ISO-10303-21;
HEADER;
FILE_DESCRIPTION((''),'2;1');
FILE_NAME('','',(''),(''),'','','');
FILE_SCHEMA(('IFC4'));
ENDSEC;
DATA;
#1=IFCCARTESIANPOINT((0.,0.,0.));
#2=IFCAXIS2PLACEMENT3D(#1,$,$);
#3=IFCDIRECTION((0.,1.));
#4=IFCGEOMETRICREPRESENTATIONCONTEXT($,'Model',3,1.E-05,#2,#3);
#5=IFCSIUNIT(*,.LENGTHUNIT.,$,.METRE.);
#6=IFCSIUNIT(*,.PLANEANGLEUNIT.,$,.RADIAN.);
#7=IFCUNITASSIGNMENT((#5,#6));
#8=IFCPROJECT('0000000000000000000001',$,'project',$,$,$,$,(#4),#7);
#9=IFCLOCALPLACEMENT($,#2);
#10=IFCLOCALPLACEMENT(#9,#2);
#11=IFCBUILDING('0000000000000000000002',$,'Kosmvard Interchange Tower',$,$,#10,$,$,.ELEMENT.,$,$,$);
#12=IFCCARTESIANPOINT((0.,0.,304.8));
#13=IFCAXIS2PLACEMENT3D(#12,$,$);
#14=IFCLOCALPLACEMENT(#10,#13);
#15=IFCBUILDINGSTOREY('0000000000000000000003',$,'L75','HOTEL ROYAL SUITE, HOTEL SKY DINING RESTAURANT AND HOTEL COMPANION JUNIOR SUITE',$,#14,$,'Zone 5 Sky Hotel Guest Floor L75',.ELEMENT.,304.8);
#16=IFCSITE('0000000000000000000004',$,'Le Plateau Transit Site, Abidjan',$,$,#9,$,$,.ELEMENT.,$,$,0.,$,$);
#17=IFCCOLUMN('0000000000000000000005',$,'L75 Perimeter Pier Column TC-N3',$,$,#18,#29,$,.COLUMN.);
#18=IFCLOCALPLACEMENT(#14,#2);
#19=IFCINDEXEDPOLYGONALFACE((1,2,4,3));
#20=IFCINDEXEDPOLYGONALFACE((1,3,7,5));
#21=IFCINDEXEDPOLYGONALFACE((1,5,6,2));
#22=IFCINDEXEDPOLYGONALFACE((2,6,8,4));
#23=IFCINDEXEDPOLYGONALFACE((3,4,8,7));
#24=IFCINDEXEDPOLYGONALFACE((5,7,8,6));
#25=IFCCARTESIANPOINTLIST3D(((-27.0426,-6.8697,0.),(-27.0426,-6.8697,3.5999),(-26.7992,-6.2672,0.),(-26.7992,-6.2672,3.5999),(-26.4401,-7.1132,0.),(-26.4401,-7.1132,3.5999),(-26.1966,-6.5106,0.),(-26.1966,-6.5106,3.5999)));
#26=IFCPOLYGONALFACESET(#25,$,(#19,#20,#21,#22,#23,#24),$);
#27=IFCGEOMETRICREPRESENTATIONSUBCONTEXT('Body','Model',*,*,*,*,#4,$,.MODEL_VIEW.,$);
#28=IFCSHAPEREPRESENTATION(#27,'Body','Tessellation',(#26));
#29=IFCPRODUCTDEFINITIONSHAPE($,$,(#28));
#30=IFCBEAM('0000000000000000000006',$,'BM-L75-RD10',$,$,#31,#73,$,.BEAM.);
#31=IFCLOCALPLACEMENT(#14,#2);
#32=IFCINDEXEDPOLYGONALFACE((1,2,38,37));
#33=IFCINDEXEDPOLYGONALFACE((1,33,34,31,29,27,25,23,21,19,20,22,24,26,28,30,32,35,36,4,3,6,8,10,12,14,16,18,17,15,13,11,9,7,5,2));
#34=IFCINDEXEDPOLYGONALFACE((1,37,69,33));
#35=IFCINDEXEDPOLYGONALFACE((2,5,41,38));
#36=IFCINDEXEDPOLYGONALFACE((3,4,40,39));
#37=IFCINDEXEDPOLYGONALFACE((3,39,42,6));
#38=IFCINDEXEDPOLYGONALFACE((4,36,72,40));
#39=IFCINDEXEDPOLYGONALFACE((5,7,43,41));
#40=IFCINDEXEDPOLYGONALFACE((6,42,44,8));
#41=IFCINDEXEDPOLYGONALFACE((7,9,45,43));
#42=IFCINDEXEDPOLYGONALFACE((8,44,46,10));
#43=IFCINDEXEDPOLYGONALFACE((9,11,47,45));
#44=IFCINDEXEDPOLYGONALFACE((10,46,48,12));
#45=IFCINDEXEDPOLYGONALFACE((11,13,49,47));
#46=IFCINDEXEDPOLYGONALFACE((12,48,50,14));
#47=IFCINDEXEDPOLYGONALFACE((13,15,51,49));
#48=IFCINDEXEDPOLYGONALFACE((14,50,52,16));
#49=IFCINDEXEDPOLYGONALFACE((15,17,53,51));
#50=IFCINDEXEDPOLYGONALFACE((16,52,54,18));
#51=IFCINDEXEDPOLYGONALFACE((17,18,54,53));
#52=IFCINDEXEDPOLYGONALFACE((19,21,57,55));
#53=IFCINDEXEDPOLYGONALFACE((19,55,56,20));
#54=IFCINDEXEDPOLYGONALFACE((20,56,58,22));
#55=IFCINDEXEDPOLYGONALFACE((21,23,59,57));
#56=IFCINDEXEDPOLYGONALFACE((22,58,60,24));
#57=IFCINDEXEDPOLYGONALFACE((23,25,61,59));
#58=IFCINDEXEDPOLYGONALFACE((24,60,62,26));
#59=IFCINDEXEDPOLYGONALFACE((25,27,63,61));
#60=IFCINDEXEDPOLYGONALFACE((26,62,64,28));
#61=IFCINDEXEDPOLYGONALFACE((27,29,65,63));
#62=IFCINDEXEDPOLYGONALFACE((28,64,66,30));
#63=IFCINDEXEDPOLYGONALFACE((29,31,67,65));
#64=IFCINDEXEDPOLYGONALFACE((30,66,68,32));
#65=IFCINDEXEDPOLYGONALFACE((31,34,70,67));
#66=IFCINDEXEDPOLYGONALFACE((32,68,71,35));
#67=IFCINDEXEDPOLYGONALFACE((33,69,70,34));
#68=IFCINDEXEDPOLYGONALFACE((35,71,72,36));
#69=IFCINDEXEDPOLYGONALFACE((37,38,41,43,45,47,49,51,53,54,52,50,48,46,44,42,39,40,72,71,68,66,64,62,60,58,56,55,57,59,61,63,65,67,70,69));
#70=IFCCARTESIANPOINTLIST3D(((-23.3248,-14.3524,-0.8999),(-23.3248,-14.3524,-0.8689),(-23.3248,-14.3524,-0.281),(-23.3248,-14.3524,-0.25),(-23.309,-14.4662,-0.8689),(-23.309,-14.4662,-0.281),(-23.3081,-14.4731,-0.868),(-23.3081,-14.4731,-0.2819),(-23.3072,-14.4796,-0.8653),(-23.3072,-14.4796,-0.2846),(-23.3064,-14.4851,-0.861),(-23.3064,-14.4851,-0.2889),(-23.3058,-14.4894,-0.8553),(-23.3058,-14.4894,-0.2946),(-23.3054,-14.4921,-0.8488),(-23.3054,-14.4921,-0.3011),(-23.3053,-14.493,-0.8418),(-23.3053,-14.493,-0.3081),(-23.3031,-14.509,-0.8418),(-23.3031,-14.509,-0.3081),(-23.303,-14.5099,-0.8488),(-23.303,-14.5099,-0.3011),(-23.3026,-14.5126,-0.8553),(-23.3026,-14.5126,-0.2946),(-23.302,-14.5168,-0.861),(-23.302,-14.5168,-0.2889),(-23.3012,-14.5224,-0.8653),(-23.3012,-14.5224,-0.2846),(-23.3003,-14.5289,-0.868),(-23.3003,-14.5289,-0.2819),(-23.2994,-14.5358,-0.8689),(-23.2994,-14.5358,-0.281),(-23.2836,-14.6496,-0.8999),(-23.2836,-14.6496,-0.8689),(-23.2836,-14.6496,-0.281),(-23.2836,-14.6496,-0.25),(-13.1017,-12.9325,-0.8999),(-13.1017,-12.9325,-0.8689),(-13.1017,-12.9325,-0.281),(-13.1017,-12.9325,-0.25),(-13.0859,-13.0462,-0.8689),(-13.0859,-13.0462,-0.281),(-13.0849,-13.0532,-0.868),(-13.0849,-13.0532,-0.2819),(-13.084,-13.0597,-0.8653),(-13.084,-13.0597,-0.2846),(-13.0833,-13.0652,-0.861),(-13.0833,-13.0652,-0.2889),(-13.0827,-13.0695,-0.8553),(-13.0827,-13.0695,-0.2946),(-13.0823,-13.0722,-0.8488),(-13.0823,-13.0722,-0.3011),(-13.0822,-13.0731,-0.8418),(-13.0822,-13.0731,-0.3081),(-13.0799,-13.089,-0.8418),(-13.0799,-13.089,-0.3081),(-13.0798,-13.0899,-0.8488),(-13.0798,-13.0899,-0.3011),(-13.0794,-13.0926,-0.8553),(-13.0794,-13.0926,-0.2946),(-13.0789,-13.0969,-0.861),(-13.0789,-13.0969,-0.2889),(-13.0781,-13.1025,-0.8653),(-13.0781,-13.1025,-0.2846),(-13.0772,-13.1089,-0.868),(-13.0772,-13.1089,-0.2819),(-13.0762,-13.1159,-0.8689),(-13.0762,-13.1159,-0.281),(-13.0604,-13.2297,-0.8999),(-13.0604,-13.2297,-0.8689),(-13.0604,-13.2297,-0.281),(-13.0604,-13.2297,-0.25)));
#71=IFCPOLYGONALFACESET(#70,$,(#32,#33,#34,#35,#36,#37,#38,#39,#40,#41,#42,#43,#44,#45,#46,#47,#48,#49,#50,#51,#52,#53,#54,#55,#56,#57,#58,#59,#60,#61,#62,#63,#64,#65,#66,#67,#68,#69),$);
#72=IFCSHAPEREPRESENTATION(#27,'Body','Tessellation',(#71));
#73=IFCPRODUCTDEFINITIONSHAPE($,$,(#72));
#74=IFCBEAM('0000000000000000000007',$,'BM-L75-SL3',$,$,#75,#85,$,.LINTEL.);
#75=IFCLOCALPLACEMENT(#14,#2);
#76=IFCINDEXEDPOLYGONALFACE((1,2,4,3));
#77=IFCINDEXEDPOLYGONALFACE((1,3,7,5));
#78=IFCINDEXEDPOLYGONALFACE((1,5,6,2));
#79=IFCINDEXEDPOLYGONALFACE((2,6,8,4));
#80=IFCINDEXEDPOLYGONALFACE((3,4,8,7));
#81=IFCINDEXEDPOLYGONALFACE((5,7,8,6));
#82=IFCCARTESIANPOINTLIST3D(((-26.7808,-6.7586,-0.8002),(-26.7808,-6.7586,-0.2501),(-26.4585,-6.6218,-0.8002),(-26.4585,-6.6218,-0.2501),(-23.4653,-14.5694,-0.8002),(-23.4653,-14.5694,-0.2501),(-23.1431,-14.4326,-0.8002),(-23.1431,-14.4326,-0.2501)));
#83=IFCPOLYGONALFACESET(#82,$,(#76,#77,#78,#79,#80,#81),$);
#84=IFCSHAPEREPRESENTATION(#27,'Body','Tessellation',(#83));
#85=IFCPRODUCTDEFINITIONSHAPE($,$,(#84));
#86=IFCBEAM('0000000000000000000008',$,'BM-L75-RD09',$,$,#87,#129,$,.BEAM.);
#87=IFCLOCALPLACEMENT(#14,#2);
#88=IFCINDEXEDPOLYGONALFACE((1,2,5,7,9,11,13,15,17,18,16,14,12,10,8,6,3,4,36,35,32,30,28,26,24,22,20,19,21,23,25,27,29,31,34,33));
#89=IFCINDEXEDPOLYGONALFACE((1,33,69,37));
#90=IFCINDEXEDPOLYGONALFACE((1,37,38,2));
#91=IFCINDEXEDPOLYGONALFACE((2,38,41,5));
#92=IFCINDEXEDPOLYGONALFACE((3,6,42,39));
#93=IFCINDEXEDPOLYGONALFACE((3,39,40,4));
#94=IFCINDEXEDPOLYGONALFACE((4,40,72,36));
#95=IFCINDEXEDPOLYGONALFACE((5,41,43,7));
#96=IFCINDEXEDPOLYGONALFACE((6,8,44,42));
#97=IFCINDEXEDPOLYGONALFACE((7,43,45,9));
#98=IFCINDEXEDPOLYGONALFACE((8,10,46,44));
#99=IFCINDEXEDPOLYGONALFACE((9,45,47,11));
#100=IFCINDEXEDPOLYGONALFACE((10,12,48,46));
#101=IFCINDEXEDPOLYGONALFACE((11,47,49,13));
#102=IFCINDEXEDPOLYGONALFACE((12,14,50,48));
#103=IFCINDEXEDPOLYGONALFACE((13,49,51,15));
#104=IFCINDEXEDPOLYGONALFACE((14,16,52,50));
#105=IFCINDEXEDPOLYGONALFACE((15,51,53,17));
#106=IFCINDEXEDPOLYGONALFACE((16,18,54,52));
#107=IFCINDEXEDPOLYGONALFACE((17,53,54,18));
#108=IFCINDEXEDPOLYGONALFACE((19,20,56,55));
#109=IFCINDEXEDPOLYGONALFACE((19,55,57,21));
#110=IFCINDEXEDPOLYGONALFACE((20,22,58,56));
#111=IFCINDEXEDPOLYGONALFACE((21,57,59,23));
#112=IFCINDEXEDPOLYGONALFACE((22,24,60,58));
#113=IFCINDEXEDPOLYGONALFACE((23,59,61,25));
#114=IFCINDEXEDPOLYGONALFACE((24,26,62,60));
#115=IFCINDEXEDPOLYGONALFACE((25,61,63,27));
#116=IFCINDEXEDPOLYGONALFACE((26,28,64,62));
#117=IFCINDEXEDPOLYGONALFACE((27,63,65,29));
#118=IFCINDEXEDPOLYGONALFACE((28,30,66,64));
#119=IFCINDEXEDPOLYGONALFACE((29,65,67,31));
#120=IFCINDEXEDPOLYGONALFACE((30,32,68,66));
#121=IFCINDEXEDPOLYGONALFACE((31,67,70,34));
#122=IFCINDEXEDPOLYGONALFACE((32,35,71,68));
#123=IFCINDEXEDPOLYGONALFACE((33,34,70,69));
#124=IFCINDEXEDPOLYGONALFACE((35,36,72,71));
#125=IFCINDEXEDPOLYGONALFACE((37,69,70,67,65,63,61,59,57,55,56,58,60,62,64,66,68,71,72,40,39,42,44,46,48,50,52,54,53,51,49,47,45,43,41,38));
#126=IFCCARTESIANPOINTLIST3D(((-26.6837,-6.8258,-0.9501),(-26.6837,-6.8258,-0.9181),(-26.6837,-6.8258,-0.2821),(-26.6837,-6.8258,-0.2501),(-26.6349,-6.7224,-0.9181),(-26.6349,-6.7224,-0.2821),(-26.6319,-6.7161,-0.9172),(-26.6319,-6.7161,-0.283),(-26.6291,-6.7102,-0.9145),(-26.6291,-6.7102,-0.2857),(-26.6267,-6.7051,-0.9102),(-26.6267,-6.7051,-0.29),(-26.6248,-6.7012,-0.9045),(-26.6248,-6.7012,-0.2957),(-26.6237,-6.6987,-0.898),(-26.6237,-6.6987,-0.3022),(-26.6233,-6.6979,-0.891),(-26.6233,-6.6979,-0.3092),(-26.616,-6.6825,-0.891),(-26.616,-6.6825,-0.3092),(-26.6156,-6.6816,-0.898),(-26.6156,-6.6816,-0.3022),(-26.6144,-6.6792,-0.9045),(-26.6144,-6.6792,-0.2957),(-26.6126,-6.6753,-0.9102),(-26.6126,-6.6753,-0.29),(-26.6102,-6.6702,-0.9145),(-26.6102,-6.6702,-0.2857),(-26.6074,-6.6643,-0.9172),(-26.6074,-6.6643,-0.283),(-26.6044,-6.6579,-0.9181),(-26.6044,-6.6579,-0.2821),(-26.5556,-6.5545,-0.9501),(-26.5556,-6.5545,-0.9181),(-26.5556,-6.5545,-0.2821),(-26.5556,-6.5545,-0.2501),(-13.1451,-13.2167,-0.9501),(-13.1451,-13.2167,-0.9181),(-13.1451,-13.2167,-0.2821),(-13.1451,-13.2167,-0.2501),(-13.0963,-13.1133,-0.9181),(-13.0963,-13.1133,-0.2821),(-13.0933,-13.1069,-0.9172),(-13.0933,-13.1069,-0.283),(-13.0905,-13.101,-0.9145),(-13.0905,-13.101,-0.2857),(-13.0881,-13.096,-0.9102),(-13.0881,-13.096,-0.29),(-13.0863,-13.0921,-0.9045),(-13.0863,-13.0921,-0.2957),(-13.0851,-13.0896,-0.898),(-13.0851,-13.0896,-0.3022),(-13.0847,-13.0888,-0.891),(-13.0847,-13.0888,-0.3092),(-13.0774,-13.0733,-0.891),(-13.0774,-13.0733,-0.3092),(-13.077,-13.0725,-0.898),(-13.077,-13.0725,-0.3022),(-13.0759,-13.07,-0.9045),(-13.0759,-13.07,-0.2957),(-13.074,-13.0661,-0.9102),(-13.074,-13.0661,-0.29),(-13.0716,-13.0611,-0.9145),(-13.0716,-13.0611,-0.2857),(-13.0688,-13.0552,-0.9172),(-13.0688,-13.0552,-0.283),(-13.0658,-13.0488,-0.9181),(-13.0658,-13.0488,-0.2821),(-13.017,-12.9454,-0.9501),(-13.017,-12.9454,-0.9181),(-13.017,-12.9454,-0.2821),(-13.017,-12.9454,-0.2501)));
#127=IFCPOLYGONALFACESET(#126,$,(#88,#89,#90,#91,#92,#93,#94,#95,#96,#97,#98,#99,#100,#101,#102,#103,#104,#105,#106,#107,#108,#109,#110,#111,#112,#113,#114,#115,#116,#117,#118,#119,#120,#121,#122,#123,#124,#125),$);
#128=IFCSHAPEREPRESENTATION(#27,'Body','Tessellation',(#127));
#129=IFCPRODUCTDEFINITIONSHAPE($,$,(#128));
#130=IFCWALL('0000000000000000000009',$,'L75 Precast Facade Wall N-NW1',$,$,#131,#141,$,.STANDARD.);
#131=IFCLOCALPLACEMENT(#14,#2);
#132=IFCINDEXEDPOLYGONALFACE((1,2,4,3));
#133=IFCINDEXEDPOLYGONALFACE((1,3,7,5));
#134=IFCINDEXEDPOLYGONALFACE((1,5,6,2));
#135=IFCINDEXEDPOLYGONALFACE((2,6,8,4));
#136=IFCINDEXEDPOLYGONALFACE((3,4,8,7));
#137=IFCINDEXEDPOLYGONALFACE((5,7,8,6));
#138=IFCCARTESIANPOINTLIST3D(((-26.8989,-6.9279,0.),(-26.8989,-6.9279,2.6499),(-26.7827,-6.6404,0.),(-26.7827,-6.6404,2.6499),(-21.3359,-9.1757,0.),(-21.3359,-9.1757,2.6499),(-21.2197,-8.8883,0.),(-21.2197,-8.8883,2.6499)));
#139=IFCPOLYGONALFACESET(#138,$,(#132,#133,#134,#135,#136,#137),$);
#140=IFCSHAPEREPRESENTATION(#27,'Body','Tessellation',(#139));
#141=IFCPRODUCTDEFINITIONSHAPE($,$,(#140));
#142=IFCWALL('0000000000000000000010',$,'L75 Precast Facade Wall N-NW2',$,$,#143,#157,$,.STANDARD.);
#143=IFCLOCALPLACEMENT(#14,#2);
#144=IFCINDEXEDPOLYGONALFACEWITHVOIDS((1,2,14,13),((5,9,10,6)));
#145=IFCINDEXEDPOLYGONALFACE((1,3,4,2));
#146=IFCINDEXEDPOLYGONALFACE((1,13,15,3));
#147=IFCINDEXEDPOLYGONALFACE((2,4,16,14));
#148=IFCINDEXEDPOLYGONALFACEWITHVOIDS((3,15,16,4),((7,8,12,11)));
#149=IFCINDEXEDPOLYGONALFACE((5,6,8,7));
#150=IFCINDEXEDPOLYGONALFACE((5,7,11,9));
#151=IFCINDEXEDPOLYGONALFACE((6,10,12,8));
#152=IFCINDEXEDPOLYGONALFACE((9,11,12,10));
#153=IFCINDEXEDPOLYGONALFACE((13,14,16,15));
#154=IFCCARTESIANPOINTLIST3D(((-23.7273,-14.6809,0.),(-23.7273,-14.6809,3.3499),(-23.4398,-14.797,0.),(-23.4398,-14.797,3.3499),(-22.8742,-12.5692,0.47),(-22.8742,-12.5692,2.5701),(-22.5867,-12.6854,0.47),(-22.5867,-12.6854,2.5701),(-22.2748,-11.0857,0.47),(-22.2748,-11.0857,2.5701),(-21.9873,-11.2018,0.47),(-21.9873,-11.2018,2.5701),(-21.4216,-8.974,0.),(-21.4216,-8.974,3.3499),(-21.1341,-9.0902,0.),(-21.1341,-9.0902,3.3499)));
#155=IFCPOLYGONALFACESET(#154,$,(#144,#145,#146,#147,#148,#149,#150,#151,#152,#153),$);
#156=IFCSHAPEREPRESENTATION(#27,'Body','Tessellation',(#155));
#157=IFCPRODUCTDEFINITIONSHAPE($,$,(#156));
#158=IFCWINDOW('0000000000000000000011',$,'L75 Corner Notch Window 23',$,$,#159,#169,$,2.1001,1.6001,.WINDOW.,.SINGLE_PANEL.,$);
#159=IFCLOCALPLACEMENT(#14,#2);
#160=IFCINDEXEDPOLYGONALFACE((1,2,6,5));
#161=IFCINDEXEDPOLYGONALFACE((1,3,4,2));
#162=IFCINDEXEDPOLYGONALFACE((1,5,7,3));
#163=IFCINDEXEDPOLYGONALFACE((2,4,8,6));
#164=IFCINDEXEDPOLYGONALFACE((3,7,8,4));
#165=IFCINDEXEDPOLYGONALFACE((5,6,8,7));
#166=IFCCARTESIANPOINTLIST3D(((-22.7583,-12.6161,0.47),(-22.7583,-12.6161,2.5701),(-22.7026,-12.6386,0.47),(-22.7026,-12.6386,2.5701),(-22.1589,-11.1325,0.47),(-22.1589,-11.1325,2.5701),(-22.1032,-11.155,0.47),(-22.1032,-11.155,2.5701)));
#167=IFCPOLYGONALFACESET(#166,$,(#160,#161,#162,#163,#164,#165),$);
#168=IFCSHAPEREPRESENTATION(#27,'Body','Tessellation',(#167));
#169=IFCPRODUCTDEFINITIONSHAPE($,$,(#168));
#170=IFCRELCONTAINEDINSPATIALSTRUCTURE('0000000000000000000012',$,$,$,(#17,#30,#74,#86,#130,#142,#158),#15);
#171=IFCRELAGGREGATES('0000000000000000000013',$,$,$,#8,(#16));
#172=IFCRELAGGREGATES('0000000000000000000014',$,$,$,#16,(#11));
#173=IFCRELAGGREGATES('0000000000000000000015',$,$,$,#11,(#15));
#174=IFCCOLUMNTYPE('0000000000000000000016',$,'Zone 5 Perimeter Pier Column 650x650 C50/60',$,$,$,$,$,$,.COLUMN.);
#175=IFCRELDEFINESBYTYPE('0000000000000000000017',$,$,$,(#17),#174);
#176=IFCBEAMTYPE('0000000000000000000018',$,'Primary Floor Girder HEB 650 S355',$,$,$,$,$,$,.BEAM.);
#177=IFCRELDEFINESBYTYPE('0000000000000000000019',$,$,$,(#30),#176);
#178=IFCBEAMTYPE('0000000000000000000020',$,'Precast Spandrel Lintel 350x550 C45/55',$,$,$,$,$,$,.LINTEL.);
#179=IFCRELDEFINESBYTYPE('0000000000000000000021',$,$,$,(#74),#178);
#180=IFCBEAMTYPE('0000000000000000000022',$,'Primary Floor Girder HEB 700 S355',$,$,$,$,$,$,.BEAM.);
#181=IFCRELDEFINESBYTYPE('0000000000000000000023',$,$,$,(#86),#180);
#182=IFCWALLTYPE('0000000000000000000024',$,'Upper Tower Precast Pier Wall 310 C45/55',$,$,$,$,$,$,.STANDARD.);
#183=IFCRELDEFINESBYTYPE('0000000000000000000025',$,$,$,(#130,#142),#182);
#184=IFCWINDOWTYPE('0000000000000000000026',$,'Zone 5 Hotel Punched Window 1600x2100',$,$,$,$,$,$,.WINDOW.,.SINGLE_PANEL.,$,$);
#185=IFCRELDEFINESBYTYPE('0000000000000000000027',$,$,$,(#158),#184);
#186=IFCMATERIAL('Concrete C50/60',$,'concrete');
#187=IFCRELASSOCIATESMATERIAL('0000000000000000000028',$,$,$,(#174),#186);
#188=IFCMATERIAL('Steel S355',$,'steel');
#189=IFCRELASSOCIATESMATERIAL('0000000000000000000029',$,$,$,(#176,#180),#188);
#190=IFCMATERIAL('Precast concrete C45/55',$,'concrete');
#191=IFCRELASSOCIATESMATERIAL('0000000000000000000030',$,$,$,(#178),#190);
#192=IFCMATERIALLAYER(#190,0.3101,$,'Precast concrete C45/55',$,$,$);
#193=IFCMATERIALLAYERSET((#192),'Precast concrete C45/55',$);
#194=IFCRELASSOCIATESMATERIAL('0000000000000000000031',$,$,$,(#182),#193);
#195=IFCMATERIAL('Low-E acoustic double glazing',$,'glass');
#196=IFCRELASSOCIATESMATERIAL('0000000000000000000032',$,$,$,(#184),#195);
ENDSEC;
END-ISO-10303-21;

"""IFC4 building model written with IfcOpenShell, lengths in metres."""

from ifc_helpers import new_model, si_unit, direction, frame, frame_2d, origin, origin_2d, place, context, subcontext, project, spatial, rectangle, i_section, extrude, source, transform, mapped, material, layer, layer_set, material_profile, profile_set, type_object, element, fill, save


model = new_model("IFC4")

# Units and contexts
model_context = context("Model", 3, precision=1e-05, world=origin(), true_north=direction((0.0, 1.0)))
body_context = subcontext(model_context, "Body", "Model", "MODEL_VIEW")
ifc_project = project(units=[si_unit("LENGTHUNIT", "METRE"), si_unit("PLANEANGLEUNIT", "RADIAN")], contexts=[model_context])

# Site, building, storey
site_placement = place(None, origin())
site = spatial("IfcSite", under=ifc_project, at=site_placement, Name="Le Plateau Transit Site, Abidjan", CompositionType="ELEMENT", RefElevation=0.0)
building_placement = place(site_placement, origin())
building = spatial("IfcBuilding", under=site, at=building_placement, Name="Kosmvard Interchange Tower", CompositionType="ELEMENT")
storey_placement = place(building_placement, frame((0.0, 0.0, 304.8)))
storey = spatial("IfcBuildingStorey", under=building, at=storey_placement, Name="L75", Description="HOTEL ROYAL SUITE, HOTEL SKY DINING RESTAURANT AND HOTEL COMPANION JUNIOR SUITE", LongName="Zone 5 Sky Hotel Guest Floor L75", CompositionType="ELEMENT", Elevation=304.8)

# Column
ifc_material_1 = material(Name="Concrete C50/60", Category="concrete")
ifc_material_profile_1 = material_profile(ifc_material_1, rectangle(XDim=0.6499, YDim=0.6499, at=origin_2d()), Name="TC 650x650")
ifc_profile_set_1 = profile_set([ifc_material_profile_1], Name="Concrete C50/60")
column_type = type_object("IfcColumnType", Name="Zone 5 Perimeter Pier Column 650x650 C50/60", PredefinedType="COLUMN", material=ifc_profile_set_1)
shared_shape_1 = source(origin(), body_context, "Body", "SweptSolid", [
    extrude(rectangle(XDim=0.6499, YDim=0.6499, at=origin_2d()), origin(), (0.0, 0.0, 1.0), 3.5999),
])
column_placement = place(storey_placement, frame((-26.6196, -6.6902, 0.0), z_axis=(0.0, 0.0, 1.0), x_axis=(0.374607, 0.927184, 0.0)))
element("IfcColumn", 1, at=column_placement, inside=storey, type_object=column_type, Name="L75 Perimeter Pier Column TC-N3", PredefinedType="COLUMN", context=body_context, shape_type="MappedRepresentation", body=[
    mapped(shared_shape_1, transform((0.0, 0.0, 0.0), scale=1.0)),
])

# Beams
ifc_material_2 = material(Name="Steel S355", Category="steel")
ifc_material_profile_2 = material_profile(ifc_material_2, i_section(OverallWidth=0.3, OverallDepth=0.6499, WebThickness=0.0161, FlangeThickness=0.031, FilletRadius=0.0271, at=origin_2d()), Name="HEB 650")
ifc_profile_set_2 = profile_set([ifc_material_profile_2], Name="Steel S355")
beam_type_1 = type_object("IfcBeamType", Name="Primary Floor Girder HEB 650 S355", PredefinedType="BEAM", material=ifc_profile_set_2)
shared_shape_2 = source(origin(), body_context, "Body", "SweptSolid", [
    extrude(i_section(OverallWidth=0.3, OverallDepth=0.6499, WebThickness=0.0161, FlangeThickness=0.031, FilletRadius=0.0271, at=origin_2d()), origin(), (0.0, 0.0, 1.0), 10.3213),
])
beam_1_placement = place(storey_placement, frame((-13.0811, -13.0811, -0.575), z_axis=(-0.990492, -0.137572, 0.0), x_axis=(0.137572, -0.990492, 0.0)))
element("IfcBeam", 2, at=beam_1_placement, inside=storey, type_object=beam_type_1, Name="BM-L75-RD10", PredefinedType="BEAM", context=body_context, shape_type="MappedRepresentation", body=[
    mapped(shared_shape_2, transform((0.0, 0.0, 0.0), scale=1.0)),
])
ifc_material_3 = material(Name="Precast concrete C45/55", Category="concrete")
ifc_material_profile_3 = material_profile(ifc_material_3, rectangle(XDim=0.3501, YDim=0.55, at=origin_2d()), Name="SL 350x550")
ifc_profile_set_3 = profile_set([ifc_material_profile_3], Name="Precast concrete C45/55")
beam_type_2 = type_object("IfcBeamType", Name="Precast Spandrel Lintel 350x550 C45/55", PredefinedType="LINTEL", material=ifc_profile_set_3)
shared_shape_3 = source(origin(), body_context, "Body", "SweptSolid", [
    extrude(rectangle(XDim=0.3501, YDim=0.55, at=origin_2d()), origin(), (0.0, 0.0, 1.0), 8.4854),
])
beam_2_placement = place(storey_placement, frame((-26.6196, -6.6902, -0.5251), z_axis=(0.390726, -0.920507, 0.0), x_axis=(0.920507, 0.390726, 0.0)))
element("IfcBeam", 3, at=beam_2_placement, inside=storey, type_object=beam_type_2, Name="BM-L75-SL3", PredefinedType="LINTEL", context=body_context, shape_type="MappedRepresentation", body=[
    mapped(shared_shape_3, transform((0.0, 0.0, 0.0), scale=1.0)),
])
ifc_material_profile_4 = material_profile(ifc_material_2, i_section(OverallWidth=0.3, OverallDepth=0.7, WebThickness=0.0171, FlangeThickness=0.032, FilletRadius=0.0271, at=origin_2d()), Name="HEB 700")
ifc_profile_set_4 = profile_set([ifc_material_profile_4], Name="Steel S355")
beam_type_3 = type_object("IfcBeamType", Name="Primary Floor Girder HEB 700 S355", PredefinedType="BEAM", material=ifc_profile_set_4)
shared_shape_4 = source(origin(), body_context, "Body", "SweptSolid", [
    extrude(i_section(OverallWidth=0.3, OverallDepth=0.7, WebThickness=0.0171, FlangeThickness=0.032, FilletRadius=0.0271, at=origin_2d()), origin(), (0.0, 0.0, 1.0), 14.9712),
])
beam_3_placement = place(storey_placement, frame((-13.0811, -13.0811, -0.6001), z_axis=(-0.904309, 0.426878, 0.0), x_axis=(-0.426878, -0.904309, 0.0)))
element("IfcBeam", 4, at=beam_3_placement, inside=storey, type_object=beam_type_3, Name="BM-L75-RD09", PredefinedType="BEAM", context=body_context, shape_type="MappedRepresentation", body=[
    mapped(shared_shape_4, transform((0.0, 0.0, 0.0), scale=1.0)),
])

# Wall
ifc_layer_1 = layer(ifc_material_3, 0.3101, Name="Precast concrete C45/55")
ifc_layer_set_1 = layer_set([ifc_layer_1], Name="Precast concrete C45/55")
wall_type_1 = type_object("IfcWallType", Name="Upper Tower Precast Pier Wall 310 C45/55", PredefinedType="STANDARD", material=ifc_layer_set_1)
wall_1_placement = place(storey_placement, frame((-26.8408, -6.7842, 0.0), z_axis=(0.0, 0.0, 1.0), x_axis=(0.927172, -0.374637, 0.0)))
element("IfcWall", 5, at=wall_1_placement, inside=storey, type_object=wall_type_1, Name="L75 Precast Facade Wall N-NW1", PredefinedType="STANDARD", context=body_context, shape_type="SweptSolid", body=[
    extrude(rectangle(XDim=6.0, YDim=0.3101, at=frame_2d((3.0, 0.0))), origin(), (0.0, 0.0, 1.0), 2.6499),
])

# Wall, opening, window
wall_2_placement = place(storey_placement, frame((-21.2778, -9.032, 0.0), z_axis=(0.0, 0.0, 1.0), x_axis=(-0.374603, -0.927185, 0.0)))
wall_2 = element("IfcWall", 6, at=wall_2_placement, inside=storey, type_object=wall_type_1, Name="L75 Precast Facade Wall N-NW2", PredefinedType="STANDARD", context=body_context, shape_type="SweptSolid", body=[
    extrude(rectangle(XDim=6.155, YDim=0.3101, at=frame_2d((3.0776, 0.0))), origin(), (0.0, 0.0, 1.0), 3.3499),
])
opening_1_placement = place(wall_2_placement, frame((2.2776, 0.0, 0.47)))
opening_1 = element("IfcOpeningElement", 7, at=opening_1_placement, cuts=wall_2, PredefinedType="OPENING", context=body_context, shape_type="SweptSolid", body=[
    extrude(rectangle(XDim=1.6001, YDim=2.1001, at=frame_2d((0.8, 1.05))), frame((0.0, 0.165, 0.0), z_axis=(0.0, -1.0, 0.0), x_axis=(1.0, 0.0, 0.0)), (0.0, 0.0, 1.0), 0.3301),
])
ifc_material_4 = material(Name="Low-E acoustic double glazing", Category="glass")
window_type = type_object("IfcWindowType", Name="Zone 5 Hotel Punched Window 1600x2100", PartitioningType="SINGLE_PANEL", PredefinedType="WINDOW", material=ifc_material_4)
shared_shape_5 = source(origin(), body_context, "Body", "SweptSolid", [
    extrude(rectangle(XDim=1.6001, YDim=2.1001, at=frame_2d((0.8, 1.05))), frame((0.0, 0.03, 0.0), z_axis=(0.0, -1.0, 0.0), x_axis=(1.0, 0.0, 0.0)), (0.0, 0.0, 1.0), 0.0601),
])
window_placement = place(opening_1_placement, origin())
window = element("IfcWindow", 8, at=window_placement, inside=storey, type_object=window_type, Name="L75 Corner Notch Window 23", OverallHeight=2.1001, OverallWidth=1.6001, PartitioningType="SINGLE_PANEL", PredefinedType="WINDOW", context=body_context, shape_type="MappedRepresentation", body=[
    mapped(shared_shape_5, transform((0.0, 0.0, 0.0), scale=1.0)),
])
fill(opening_1, window)

save(model, "model.ifc")
